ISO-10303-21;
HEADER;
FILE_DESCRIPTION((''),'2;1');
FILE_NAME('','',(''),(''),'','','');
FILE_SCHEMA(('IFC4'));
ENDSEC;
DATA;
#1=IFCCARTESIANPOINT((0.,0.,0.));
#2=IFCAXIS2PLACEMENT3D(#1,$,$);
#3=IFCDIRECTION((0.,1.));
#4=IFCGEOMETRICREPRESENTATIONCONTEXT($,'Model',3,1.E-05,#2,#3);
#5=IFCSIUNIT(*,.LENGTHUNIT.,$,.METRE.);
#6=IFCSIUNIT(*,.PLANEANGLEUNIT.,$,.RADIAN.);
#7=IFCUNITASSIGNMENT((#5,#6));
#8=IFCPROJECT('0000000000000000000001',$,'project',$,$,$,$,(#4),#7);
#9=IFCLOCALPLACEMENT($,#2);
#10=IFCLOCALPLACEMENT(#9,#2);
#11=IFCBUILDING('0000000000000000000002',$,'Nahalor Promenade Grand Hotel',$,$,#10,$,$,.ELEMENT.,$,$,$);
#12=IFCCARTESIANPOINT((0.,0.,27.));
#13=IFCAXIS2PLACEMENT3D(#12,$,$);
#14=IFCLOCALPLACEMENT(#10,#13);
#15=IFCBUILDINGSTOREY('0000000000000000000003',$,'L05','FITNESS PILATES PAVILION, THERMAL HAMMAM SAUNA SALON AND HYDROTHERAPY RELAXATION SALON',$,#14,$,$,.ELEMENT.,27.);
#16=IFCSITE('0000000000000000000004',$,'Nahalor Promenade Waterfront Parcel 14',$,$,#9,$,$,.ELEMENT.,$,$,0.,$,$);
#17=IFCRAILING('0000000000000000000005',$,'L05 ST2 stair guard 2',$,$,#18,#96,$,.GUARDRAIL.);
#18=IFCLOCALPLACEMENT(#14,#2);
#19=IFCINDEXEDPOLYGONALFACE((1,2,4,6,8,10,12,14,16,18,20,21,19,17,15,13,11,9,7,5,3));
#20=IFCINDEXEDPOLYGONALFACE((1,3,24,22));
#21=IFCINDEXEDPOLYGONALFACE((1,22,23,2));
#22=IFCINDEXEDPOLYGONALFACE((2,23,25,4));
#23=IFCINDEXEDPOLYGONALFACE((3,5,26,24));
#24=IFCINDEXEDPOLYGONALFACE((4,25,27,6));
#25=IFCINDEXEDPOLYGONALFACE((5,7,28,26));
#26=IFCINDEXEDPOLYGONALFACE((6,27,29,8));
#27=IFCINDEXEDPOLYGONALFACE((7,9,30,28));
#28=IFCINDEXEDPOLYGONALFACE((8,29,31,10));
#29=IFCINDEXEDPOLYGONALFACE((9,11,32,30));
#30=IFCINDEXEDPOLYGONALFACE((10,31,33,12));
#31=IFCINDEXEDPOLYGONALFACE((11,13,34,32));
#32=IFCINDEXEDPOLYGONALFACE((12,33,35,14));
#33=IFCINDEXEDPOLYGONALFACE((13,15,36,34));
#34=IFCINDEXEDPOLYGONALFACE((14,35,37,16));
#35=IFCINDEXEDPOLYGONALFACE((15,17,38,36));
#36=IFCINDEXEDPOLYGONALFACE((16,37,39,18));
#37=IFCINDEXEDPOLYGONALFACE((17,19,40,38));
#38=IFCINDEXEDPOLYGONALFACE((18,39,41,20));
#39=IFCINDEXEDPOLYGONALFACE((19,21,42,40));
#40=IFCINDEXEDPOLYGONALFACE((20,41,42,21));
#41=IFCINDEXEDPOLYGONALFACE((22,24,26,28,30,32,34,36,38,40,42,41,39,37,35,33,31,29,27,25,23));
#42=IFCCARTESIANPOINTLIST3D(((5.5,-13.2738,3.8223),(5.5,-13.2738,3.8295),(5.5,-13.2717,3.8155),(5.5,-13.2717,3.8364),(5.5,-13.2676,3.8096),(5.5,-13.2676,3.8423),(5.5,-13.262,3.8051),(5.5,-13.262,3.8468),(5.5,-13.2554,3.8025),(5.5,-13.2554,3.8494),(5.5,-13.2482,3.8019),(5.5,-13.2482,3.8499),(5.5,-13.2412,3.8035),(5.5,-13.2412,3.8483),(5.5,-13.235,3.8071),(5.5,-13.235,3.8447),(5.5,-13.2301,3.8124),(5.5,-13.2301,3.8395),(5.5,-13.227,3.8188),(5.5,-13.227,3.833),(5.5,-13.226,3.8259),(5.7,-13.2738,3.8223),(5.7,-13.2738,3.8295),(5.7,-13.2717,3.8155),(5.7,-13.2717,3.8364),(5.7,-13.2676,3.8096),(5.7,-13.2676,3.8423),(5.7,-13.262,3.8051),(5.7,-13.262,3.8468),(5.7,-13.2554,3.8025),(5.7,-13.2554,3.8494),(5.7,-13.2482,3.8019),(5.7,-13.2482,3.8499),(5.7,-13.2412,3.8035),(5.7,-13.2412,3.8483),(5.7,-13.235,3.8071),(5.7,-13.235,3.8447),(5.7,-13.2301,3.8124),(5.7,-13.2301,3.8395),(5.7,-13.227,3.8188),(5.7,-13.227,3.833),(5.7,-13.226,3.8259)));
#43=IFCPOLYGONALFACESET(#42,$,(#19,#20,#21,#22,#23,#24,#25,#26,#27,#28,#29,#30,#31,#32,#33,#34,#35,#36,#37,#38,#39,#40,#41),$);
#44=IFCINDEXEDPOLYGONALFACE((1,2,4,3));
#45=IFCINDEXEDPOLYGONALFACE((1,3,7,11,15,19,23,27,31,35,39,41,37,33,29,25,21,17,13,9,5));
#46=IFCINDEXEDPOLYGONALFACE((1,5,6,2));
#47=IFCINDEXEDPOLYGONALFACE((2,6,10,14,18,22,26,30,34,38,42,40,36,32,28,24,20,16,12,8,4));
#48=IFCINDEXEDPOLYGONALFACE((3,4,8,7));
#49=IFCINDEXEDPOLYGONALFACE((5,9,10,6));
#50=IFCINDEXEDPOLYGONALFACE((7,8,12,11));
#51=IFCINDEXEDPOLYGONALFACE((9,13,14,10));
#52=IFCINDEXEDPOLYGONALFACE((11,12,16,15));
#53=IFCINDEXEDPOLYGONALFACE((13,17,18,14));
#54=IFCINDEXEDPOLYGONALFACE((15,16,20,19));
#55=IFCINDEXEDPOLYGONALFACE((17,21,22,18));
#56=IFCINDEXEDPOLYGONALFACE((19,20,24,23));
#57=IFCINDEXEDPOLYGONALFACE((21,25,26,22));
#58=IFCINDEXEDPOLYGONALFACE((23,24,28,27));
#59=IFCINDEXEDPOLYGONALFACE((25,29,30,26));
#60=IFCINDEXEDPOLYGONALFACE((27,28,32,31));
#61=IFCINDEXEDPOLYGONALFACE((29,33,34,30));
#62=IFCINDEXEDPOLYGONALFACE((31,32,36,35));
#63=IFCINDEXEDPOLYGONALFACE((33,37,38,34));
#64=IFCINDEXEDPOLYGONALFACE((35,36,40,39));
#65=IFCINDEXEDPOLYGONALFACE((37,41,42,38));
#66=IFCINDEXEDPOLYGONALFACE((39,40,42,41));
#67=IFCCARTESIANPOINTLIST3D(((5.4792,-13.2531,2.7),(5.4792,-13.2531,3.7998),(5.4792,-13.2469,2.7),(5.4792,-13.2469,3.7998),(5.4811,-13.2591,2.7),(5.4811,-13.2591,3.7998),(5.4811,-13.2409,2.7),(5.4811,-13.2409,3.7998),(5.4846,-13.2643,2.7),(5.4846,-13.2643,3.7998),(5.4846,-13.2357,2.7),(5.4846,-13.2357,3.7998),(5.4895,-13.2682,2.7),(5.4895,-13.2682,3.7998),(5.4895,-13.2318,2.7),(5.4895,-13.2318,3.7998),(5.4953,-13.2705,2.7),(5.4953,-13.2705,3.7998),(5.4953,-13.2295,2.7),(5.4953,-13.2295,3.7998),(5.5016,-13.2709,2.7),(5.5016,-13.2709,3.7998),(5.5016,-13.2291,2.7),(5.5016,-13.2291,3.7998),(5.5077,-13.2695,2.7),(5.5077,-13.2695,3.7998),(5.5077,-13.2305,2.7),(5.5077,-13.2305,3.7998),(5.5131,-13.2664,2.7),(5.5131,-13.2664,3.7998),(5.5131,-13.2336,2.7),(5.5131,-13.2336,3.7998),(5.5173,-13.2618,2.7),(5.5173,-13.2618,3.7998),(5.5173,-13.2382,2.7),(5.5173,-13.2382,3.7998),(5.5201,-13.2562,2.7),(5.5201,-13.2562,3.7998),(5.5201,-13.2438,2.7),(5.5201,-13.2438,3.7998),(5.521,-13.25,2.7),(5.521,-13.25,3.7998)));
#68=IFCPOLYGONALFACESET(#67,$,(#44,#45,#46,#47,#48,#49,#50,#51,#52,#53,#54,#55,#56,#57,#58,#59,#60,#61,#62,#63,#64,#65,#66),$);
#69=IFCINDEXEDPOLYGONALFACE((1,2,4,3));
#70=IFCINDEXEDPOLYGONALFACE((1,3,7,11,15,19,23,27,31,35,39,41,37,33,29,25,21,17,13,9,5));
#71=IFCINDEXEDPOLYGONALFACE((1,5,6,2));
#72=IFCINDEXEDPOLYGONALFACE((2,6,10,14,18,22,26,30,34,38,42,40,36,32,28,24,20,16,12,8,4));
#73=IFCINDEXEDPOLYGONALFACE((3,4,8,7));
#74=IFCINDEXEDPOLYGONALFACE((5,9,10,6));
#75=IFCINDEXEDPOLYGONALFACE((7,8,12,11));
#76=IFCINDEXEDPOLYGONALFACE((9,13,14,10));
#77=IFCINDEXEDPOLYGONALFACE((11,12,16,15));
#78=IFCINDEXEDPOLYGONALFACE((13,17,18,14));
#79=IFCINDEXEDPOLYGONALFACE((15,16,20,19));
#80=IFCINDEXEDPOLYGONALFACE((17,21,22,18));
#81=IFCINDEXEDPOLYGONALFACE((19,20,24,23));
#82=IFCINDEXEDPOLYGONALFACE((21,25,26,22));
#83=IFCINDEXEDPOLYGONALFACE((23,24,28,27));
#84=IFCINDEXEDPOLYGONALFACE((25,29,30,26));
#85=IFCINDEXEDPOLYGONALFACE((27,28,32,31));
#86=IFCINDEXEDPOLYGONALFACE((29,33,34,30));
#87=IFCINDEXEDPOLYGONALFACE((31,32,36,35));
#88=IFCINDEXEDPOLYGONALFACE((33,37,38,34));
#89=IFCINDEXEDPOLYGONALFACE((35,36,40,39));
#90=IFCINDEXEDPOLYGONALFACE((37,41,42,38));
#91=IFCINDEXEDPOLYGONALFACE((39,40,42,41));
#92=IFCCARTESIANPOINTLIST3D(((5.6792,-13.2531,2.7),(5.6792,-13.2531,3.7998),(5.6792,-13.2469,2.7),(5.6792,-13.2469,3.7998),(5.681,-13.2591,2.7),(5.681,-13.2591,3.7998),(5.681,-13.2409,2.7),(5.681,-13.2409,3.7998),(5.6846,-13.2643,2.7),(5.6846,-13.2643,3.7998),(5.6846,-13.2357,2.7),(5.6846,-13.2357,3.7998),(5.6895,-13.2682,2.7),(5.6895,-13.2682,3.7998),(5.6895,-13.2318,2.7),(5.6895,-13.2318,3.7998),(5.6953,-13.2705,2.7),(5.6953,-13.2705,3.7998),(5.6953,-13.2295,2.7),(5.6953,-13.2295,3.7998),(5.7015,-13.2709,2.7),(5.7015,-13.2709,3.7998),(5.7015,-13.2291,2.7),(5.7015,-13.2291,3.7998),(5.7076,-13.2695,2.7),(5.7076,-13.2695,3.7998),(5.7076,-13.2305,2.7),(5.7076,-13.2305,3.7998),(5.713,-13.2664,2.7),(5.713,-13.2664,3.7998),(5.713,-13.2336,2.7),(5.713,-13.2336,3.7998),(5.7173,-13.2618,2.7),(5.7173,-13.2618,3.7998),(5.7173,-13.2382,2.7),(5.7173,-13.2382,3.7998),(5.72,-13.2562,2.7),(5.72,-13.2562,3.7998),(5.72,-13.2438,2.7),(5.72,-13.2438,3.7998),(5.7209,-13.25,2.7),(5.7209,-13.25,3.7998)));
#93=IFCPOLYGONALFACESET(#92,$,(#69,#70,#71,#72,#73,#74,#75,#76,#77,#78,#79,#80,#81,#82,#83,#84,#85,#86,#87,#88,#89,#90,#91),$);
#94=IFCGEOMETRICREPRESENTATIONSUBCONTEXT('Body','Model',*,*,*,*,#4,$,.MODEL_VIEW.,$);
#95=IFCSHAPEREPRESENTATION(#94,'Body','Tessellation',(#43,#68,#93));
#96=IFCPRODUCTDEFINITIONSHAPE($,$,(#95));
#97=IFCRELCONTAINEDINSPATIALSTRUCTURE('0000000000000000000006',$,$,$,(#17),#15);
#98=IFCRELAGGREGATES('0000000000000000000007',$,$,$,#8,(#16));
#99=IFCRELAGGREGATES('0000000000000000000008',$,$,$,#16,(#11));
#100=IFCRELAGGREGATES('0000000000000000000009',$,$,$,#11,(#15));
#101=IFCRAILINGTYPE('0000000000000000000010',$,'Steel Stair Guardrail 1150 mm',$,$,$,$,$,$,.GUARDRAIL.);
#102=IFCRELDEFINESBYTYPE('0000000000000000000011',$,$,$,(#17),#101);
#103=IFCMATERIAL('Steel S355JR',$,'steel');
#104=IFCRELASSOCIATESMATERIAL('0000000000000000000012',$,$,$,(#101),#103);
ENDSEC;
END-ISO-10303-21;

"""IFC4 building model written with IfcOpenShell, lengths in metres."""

from ifc_helpers import new_model, si_unit, direction, frame, origin, origin_2d, place, context, subcontext, project, spatial, circle, extrude, material, type_object, element, save


model = new_model("IFC4")

# Units and contexts
model_context = context("Model", 3, precision=1e-05, world=origin(), true_north=direction((0.0, 1.0)))
body_context = subcontext(model_context, "Body", "Model", "MODEL_VIEW")
ifc_project = project(units=[si_unit("LENGTHUNIT", "METRE"), si_unit("PLANEANGLEUNIT", "RADIAN")], contexts=[model_context])

# Site, building, storey
site_placement = place(None, origin())
site = spatial("IfcSite", under=ifc_project, at=site_placement, Name="Nahalor Promenade Waterfront Parcel 14", CompositionType="ELEMENT", RefElevation=0.0)
building_placement = place(site_placement, origin())
building = spatial("IfcBuilding", under=site, at=building_placement, Name="Nahalor Promenade Grand Hotel", CompositionType="ELEMENT")
storey_placement = place(building_placement, frame((0.0, 0.0, 27.0)))
storey = spatial("IfcBuildingStorey", under=building, at=storey_placement, Name="L05", Description="FITNESS PILATES PAVILION, THERMAL HAMMAM SAUNA SALON AND HYDROTHERAPY RELAXATION SALON", CompositionType="ELEMENT", Elevation=27.0)

# Shared definitions
ifc_material_1 = material(Name="Steel S355JR", Category="steel")

# Railing
railing_type_1 = type_object("IfcRailingType", Name="Steel Stair Guardrail 1150 mm", PredefinedType="GUARDRAIL", material=ifc_material_1)
railing_1_placement = place(storey_placement, frame((5.5, -13.25, 2.7)))
element("IfcRailing", 1, at=railing_1_placement, inside=storey, type_object=railing_type_1, Name="L05 ST2 stair guard 2", PredefinedType="GUARDRAIL", context=body_context, shape_type="SweptSolid", body=[
    extrude(circle(Radius=0.024, at=origin_2d()), frame((0.0, 0.0, 1.126), z_axis=(1.0, 0.0, 0.0), x_axis=(0.0, 1.0, 0.0)), (0.0, 0.0, 1.0), 0.2),
    extrude(circle(Radius=0.021, at=origin_2d()), origin(), (0.0, 0.0, 1.0), 1.0999),
    extrude(circle(Radius=0.021, at=origin_2d()), frame((0.2, 0.0, 0.0)), (0.0, 0.0, 1.0), 1.0999),
])

save(model, "model.ifc")
